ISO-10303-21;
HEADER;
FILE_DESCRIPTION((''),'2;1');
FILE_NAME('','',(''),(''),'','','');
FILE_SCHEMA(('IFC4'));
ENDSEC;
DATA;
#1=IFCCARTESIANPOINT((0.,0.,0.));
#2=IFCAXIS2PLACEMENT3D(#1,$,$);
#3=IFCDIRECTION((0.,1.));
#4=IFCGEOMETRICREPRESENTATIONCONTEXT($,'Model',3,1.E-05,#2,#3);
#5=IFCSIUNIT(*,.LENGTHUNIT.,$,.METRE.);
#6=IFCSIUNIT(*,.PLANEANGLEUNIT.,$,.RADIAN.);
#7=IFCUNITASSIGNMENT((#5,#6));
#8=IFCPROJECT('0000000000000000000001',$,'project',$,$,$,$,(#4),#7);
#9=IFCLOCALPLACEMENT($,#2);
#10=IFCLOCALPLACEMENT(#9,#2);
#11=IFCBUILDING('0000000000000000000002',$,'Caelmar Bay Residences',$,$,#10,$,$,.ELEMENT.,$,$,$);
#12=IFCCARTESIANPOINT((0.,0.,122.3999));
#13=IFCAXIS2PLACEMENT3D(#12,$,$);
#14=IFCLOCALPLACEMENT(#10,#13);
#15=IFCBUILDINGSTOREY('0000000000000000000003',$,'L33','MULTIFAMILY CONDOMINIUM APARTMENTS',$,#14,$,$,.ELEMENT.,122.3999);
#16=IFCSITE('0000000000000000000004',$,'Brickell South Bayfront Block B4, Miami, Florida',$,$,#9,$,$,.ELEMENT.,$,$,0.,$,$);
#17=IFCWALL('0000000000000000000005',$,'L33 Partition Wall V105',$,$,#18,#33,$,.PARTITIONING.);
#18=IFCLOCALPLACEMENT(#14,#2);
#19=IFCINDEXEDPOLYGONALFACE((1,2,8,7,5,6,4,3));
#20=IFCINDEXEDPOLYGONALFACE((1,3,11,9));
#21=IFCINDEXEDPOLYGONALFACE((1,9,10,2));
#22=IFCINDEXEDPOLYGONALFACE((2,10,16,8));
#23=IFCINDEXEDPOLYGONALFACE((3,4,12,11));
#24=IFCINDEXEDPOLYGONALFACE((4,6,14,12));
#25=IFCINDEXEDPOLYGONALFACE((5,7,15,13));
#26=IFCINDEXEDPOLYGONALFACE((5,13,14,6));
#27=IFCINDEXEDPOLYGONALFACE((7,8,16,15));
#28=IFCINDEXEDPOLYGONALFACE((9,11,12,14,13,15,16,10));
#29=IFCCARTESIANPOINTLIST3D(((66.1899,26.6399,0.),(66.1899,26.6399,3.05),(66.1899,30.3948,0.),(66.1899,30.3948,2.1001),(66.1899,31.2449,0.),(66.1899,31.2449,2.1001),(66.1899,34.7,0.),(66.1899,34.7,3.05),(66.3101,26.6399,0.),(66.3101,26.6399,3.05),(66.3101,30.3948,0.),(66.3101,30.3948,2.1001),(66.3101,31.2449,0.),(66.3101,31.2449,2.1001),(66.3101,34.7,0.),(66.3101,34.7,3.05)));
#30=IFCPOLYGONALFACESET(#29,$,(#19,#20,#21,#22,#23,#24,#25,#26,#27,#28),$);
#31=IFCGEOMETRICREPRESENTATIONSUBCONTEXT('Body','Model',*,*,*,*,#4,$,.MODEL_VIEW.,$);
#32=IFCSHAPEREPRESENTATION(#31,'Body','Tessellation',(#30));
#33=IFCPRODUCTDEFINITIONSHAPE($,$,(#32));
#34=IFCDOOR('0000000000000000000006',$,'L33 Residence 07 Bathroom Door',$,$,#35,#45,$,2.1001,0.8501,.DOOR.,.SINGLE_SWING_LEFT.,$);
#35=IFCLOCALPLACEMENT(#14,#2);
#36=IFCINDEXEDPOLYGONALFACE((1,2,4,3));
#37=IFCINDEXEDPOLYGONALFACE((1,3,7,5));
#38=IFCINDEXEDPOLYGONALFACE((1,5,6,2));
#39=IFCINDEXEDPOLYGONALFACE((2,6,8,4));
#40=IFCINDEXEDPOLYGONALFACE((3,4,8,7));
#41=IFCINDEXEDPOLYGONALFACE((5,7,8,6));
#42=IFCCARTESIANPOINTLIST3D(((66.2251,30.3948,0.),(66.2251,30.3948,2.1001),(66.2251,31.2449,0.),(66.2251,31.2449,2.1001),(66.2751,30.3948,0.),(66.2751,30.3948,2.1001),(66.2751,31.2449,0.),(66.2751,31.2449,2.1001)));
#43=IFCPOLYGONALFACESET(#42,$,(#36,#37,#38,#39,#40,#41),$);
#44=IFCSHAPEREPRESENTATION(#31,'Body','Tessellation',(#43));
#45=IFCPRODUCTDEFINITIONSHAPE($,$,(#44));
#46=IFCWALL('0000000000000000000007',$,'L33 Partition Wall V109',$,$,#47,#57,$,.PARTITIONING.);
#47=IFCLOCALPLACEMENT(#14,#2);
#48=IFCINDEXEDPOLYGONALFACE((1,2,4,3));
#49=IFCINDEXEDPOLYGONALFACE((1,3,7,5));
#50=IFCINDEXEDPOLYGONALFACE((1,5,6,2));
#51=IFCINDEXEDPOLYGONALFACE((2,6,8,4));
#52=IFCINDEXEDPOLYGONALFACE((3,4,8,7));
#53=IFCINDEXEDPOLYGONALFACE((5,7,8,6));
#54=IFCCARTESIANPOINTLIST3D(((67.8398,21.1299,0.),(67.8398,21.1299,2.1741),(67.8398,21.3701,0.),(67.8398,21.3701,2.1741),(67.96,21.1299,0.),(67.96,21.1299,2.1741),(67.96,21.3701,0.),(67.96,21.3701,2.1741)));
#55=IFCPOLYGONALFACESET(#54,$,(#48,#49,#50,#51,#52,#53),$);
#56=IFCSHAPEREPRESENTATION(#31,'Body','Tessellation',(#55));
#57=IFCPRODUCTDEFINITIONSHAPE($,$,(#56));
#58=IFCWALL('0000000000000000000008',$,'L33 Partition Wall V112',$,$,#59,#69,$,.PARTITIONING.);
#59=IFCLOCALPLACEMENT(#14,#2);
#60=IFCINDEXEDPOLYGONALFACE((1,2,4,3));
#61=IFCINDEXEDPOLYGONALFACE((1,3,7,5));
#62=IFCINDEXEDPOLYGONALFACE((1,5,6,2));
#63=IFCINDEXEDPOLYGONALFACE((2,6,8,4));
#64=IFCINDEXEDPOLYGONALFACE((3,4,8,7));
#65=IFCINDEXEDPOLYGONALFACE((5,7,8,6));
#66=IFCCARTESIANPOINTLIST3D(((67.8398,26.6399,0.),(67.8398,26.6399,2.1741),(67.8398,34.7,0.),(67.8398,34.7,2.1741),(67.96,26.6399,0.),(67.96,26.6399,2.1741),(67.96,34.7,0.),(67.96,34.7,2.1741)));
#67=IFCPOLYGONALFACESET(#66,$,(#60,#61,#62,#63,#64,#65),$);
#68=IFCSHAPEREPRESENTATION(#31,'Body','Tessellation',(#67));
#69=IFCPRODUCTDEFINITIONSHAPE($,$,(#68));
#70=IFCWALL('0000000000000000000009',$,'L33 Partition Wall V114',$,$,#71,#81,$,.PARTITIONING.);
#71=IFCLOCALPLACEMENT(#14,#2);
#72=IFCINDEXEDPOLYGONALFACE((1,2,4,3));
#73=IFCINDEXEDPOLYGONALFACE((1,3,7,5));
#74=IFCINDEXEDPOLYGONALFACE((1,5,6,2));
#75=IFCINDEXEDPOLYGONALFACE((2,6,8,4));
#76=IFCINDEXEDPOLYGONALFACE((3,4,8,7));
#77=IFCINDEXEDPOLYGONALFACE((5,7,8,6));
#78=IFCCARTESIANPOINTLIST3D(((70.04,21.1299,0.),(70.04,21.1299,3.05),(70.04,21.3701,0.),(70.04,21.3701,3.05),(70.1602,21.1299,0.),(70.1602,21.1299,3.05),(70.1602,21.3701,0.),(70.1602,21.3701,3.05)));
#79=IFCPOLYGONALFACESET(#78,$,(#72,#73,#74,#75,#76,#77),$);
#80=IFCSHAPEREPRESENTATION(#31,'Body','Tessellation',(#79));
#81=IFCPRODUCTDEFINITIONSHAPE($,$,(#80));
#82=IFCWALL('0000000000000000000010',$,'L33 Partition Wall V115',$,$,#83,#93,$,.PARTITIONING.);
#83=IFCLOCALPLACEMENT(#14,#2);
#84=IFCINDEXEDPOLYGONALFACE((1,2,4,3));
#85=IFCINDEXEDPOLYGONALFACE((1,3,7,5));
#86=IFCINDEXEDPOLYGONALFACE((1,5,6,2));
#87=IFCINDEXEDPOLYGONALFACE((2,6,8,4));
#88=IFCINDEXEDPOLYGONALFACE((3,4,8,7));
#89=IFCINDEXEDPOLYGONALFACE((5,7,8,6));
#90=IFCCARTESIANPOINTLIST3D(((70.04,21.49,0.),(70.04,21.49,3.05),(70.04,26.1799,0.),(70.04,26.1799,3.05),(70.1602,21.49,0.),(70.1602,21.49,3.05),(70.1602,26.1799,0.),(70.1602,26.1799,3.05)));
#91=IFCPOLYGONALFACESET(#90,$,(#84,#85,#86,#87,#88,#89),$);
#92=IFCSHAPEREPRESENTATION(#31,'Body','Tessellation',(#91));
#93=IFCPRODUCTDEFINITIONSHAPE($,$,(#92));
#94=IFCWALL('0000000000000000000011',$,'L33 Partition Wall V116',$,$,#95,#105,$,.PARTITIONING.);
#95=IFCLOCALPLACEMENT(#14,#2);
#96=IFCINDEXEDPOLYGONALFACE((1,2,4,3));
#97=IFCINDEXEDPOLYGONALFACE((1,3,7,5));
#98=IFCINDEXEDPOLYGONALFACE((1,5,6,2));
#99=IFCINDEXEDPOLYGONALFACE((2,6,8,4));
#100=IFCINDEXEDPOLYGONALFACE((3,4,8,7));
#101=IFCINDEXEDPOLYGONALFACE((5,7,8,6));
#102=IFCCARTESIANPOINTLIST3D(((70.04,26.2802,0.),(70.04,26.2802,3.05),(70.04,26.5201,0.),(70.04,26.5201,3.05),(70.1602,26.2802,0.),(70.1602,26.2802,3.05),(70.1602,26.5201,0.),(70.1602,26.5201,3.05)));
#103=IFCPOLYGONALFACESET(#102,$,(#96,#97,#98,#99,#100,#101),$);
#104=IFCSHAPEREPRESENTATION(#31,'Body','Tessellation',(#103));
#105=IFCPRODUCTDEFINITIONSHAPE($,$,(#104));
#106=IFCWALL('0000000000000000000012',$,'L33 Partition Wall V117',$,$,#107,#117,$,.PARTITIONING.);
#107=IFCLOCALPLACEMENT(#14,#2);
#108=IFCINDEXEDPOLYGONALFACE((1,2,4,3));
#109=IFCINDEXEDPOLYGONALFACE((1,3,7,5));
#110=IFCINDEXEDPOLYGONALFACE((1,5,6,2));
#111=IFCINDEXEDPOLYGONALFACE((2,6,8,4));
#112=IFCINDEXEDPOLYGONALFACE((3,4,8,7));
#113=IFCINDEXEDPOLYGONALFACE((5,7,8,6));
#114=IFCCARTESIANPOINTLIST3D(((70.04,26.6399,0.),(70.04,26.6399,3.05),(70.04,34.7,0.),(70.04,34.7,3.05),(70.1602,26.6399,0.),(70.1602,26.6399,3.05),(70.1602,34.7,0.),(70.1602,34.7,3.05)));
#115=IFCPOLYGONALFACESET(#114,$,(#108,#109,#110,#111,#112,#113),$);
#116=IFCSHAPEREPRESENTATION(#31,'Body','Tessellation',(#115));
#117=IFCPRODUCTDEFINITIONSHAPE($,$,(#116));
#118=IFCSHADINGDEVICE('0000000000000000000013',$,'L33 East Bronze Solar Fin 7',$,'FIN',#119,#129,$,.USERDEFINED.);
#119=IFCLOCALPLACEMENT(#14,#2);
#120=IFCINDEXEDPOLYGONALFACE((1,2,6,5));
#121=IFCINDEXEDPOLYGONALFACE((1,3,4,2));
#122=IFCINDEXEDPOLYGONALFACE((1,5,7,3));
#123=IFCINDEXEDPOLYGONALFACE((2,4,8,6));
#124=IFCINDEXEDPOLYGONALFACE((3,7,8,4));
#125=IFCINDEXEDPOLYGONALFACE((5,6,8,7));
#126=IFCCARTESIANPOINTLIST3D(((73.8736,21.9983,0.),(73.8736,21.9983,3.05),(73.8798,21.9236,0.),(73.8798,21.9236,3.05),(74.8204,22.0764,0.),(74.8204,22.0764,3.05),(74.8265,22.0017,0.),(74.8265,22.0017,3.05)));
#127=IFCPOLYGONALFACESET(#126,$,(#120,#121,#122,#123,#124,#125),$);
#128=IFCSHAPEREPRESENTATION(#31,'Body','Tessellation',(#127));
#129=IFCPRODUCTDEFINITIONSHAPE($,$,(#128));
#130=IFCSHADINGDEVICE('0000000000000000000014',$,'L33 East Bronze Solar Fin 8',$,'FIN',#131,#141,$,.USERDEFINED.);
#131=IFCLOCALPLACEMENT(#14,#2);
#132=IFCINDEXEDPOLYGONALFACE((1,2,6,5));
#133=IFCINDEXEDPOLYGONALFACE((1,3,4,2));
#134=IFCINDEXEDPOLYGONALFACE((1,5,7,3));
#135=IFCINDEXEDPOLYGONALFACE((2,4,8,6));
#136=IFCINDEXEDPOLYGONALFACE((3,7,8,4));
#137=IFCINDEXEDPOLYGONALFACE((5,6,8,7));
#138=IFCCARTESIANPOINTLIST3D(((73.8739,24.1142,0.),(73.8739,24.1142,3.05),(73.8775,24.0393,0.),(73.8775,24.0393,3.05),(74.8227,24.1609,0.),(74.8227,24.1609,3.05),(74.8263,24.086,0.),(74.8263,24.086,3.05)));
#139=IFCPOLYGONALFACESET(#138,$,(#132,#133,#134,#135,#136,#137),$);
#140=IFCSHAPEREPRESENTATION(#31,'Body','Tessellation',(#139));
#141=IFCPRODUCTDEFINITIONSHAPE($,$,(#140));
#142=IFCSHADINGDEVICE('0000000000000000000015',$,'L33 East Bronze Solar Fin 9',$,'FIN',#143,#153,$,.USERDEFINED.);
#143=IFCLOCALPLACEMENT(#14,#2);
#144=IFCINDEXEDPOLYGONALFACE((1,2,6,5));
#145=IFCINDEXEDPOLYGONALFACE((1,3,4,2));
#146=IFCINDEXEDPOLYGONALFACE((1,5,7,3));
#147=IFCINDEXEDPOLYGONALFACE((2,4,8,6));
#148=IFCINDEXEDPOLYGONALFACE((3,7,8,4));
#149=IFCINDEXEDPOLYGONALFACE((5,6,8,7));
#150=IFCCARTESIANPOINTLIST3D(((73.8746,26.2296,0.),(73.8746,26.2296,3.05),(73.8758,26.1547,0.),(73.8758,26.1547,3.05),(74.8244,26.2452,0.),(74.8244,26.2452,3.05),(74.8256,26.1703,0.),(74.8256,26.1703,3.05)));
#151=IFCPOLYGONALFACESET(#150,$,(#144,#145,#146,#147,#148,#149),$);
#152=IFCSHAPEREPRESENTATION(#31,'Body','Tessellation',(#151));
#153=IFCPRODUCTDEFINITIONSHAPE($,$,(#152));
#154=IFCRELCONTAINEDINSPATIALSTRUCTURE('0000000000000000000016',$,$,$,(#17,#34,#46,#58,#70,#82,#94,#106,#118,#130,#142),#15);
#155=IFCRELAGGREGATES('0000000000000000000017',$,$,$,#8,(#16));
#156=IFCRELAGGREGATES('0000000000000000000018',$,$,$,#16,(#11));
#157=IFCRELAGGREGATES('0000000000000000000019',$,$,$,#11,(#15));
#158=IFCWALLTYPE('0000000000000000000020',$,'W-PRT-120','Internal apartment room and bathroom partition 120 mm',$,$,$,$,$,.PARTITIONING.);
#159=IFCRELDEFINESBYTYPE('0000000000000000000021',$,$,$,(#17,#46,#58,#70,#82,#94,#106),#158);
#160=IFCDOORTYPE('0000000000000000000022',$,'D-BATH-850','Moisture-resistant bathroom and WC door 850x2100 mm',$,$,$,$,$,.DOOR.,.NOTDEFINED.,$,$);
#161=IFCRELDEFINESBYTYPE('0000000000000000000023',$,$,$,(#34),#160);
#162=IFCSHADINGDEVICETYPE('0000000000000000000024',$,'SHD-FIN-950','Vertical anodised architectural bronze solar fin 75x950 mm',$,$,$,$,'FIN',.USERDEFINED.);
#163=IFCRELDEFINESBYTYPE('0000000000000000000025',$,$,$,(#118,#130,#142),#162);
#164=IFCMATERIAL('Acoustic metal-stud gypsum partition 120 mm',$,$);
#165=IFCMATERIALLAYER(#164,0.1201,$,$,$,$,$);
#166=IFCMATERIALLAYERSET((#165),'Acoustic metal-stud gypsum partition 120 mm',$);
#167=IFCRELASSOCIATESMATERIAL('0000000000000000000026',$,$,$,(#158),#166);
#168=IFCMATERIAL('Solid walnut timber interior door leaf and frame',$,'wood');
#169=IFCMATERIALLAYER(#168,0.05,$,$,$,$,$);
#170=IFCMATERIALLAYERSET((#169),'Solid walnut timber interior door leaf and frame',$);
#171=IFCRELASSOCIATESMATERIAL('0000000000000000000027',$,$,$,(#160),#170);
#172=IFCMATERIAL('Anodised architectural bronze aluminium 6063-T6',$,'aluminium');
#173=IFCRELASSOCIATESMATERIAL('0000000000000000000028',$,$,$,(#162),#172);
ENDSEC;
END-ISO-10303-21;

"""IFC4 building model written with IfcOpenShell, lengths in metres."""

from ifc_helpers import new_model, si_unit, direction, frame, frame_2d, origin, origin_2d, place, context, subcontext, project, spatial, rectangle, extrude, material, layer, layer_set, material_profile, profile_set, type_object, element, fill, save


model = new_model("IFC4")

# Units and contexts
model_context = context("Model", 3, precision=1e-05, world=origin(), true_north=direction((0.0, 1.0)))
body_context = subcontext(model_context, "Body", "Model", "MODEL_VIEW")
ifc_project = project(units=[si_unit("LENGTHUNIT", "METRE"), si_unit("PLANEANGLEUNIT", "RADIAN")], contexts=[model_context])

# Site, building, storey
site_placement = place(None, origin())
site = spatial("IfcSite", under=ifc_project, at=site_placement, Name="Brickell South Bayfront Block B4, Miami, Florida", CompositionType="ELEMENT", RefElevation=0.0)
building_placement = place(site_placement, origin())
building = spatial("IfcBuilding", under=site, at=building_placement, Name="Caelmar Bay Residences", CompositionType="ELEMENT")
storey_placement = place(building_placement, frame((0.0, 0.0, 122.3999)))
storey = spatial("IfcBuildingStorey", under=building, at=storey_placement, Name="L33", Description="MULTIFAMILY CONDOMINIUM APARTMENTS", CompositionType="ELEMENT", Elevation=122.3999)

# Shared definitions
ifc_material_1 = material(Name="Solid walnut timber interior door leaf and frame", Category="wood")

# Shared definitions
ifc_material_2 = material(Name="Acoustic metal-stud gypsum partition 120 mm")
ifc_layer_1 = layer(ifc_material_2, 0.1201)
ifc_layer_set_1 = layer_set([ifc_layer_1], Name="Acoustic metal-stud gypsum partition 120 mm")
wall_type_1 = type_object("IfcWallType", Name="W-PRT-120", Description="Internal apartment room and bathroom partition 120 mm", PredefinedType="PARTITIONING", material=ifc_layer_set_1)

# Wall, opening, door
wall_1_placement = place(storey_placement, frame((66.25, 26.6399, 0.0), z_axis=(0.0, 0.0, 1.0), x_axis=(0.0, 1.0, 0.0)))
wall_1 = element("IfcWall", 1, at=wall_1_placement, inside=storey, type_object=wall_type_1, Name="L33 Partition Wall V105", PredefinedType="PARTITIONING", context=body_context, shape_type="SweptSolid", body=[
    extrude(rectangle(XDim=8.0601, YDim=0.1201, at=frame_2d((4.03, 0.0))), origin(), (0.0, 0.0, 1.0), 3.05),
])
opening_1_placement = place(wall_1_placement, frame((3.7549, 0.0, 0.0)))
opening_1 = element("IfcOpeningElement", 2, at=opening_1_placement, cuts=wall_1, PredefinedType="OPENING", context=body_context, shape_type="SweptSolid", body=[
    extrude(rectangle(XDim=0.8501, YDim=2.1001, at=frame_2d((0.425, 1.05))), frame((0.0, 0.0701, 0.0), z_axis=(0.0, -1.0, 0.0), x_axis=(1.0, 0.0, 0.0)), (0.0, 0.0, 1.0), 0.1401),
])
ifc_layer_2 = layer(ifc_material_1, 0.05)
ifc_layer_set_2 = layer_set([ifc_layer_2], Name="Solid walnut timber interior door leaf and frame")
door_type_1 = type_object("IfcDoorType", Name="D-BATH-850", Description="Moisture-resistant bathroom and WC door 850x2100 mm", OperationType="NOTDEFINED", PredefinedType="DOOR", material=ifc_layer_set_2)
door_1_placement = place(opening_1_placement, origin())
door_1 = element("IfcDoor", 3, at=door_1_placement, inside=storey, type_object=door_type_1, Name="L33 Residence 07 Bathroom Door", OperationType="SINGLE_SWING_LEFT", OverallHeight=2.1001, OverallWidth=0.8501, PredefinedType="DOOR", context=body_context, shape_type="SweptSolid", body=[
    extrude(rectangle(XDim=0.8501, YDim=2.1001, at=frame_2d((0.425, 1.05))), frame((0.0, 0.0249, 0.0), z_axis=(0.0, -1.0, 0.0), x_axis=(1.0, 0.0, 0.0)), (0.0, 0.0, 1.0), 0.05),
])
fill(opening_1, door_1)

# Walls
wall_2_placement = place(storey_placement, frame((67.8999, 21.1299, 0.0), z_axis=(0.0, 0.0, 1.0), x_axis=(0.0, 1.0, 0.0)))
element("IfcWall", 4, at=wall_2_placement, inside=storey, type_object=wall_type_1, Name="L33 Partition Wall V109", PredefinedType="PARTITIONING", context=body_context, shape_type="SweptSolid", body=[
    extrude(rectangle(XDim=0.2402, YDim=0.1201, at=frame_2d((0.1201, 0.0))), origin(), (0.0, 0.0, 1.0), 2.1741),
])
wall_3_placement = place(storey_placement, frame((67.8999, 26.6399, 0.0), z_axis=(0.0, 0.0, 1.0), x_axis=(0.0, 1.0, 0.0)))
element("IfcWall", 5, at=wall_3_placement, inside=storey, type_object=wall_type_1, Name="L33 Partition Wall V112", PredefinedType="PARTITIONING", context=body_context, shape_type="SweptSolid", body=[
    extrude(rectangle(XDim=8.0601, YDim=0.1201, at=frame_2d((4.03, 0.0))), origin(), (0.0, 0.0, 1.0), 2.1741),
])
wall_4_placement = place(storey_placement, frame((70.1001, 21.1299, 0.0), z_axis=(0.0, 0.0, 1.0), x_axis=(0.0, 1.0, 0.0)))
element("IfcWall", 6, at=wall_4_placement, inside=storey, type_object=wall_type_1, Name="L33 Partition Wall V114", PredefinedType="PARTITIONING", context=body_context, shape_type="SweptSolid", body=[
    extrude(rectangle(XDim=0.2402, YDim=0.1201, at=frame_2d((0.1201, 0.0))), origin(), (0.0, 0.0, 1.0), 3.05),
])
wall_5_placement = place(storey_placement, frame((70.1001, 21.49, 0.0), z_axis=(0.0, 0.0, 1.0), x_axis=(0.0, 1.0, 0.0)))
element("IfcWall", 7, at=wall_5_placement, inside=storey, type_object=wall_type_1, Name="L33 Partition Wall V115", PredefinedType="PARTITIONING", context=body_context, shape_type="SweptSolid", body=[
    extrude(rectangle(XDim=4.6899, YDim=0.1201, at=frame_2d((2.345, 0.0))), origin(), (0.0, 0.0, 1.0), 3.05),
])
wall_6_placement = place(storey_placement, frame((70.1001, 26.28, 0.0), z_axis=(0.0, 0.0, 1.0), x_axis=(0.0, 1.0, 0.0)))
element("IfcWall", 8, at=wall_6_placement, inside=storey, type_object=wall_type_1, Name="L33 Partition Wall V116", PredefinedType="PARTITIONING", context=body_context, shape_type="SweptSolid", body=[
    extrude(rectangle(XDim=0.24, YDim=0.1201, at=frame_2d((0.1201, 0.0))), origin(), (0.0, 0.0, 1.0), 3.05),
])
wall_7_placement = place(storey_placement, frame((70.1001, 26.6399, 0.0), z_axis=(0.0, 0.0, 1.0), x_axis=(0.0, 1.0, 0.0)))
element("IfcWall", 9, at=wall_7_placement, inside=storey, type_object=wall_type_1, Name="L33 Partition Wall V117", PredefinedType="PARTITIONING", context=body_context, shape_type="SweptSolid", body=[
    extrude(rectangle(XDim=8.0601, YDim=0.1201, at=frame_2d((4.03, 0.0))), origin(), (0.0, 0.0, 1.0), 3.05),
])

# Shading devices
ifc_material_3 = material(Name="Anodised architectural bronze aluminium 6063-T6", Category="aluminium")
ifc_material_profile_1 = material_profile(ifc_material_3, rectangle(XDim=0.075, YDim=0.95, at=origin_2d()), Name="BRONZE-FIN-75X950")
ifc_profile_set_1 = profile_set([ifc_material_profile_1], Name="Anodised architectural bronze aluminium 6063-T6")
shading_device_type = type_object("IfcShadingDeviceType", Name="SHD-FIN-950", Description="Vertical anodised architectural bronze solar fin 75x950 mm", ElementType="FIN", PredefinedType="USERDEFINED", material=ifc_profile_set_1)
for number, where, z_axis, x_axis, name in (
    (10, (74.3501, 22.0, 0.0), (0.0, 0.0, 1.0), (-0.082112, 0.996623, 0.0), "L33 East Bronze Solar Fin 7"),
    (11, (74.3501, 24.1001, 0.0), (0.0, 0.0, 1.0), (-0.049198, 0.998789, 0.0), "L33 East Bronze Solar Fin 8"),
    (12, (74.3501, 26.2, 0.0), (0.0, 0.0, 1.0), (-0.016405, 0.999865, 0.0), "L33 East Bronze Solar Fin 9"),
):
    element("IfcShadingDevice", number, at=place(storey_placement, frame(where, z_axis=z_axis, x_axis=x_axis)), inside=storey, type_object=shading_device_type, Name=name, ObjectType="FIN", PredefinedType="USERDEFINED", context=body_context, shape_type="SweptSolid", body=[
        extrude(rectangle(XDim=0.075, YDim=0.95, at=origin_2d()), origin(), (0.0, 0.0, 1.0), 3.05),
    ])

save(model, "model.ifc")
